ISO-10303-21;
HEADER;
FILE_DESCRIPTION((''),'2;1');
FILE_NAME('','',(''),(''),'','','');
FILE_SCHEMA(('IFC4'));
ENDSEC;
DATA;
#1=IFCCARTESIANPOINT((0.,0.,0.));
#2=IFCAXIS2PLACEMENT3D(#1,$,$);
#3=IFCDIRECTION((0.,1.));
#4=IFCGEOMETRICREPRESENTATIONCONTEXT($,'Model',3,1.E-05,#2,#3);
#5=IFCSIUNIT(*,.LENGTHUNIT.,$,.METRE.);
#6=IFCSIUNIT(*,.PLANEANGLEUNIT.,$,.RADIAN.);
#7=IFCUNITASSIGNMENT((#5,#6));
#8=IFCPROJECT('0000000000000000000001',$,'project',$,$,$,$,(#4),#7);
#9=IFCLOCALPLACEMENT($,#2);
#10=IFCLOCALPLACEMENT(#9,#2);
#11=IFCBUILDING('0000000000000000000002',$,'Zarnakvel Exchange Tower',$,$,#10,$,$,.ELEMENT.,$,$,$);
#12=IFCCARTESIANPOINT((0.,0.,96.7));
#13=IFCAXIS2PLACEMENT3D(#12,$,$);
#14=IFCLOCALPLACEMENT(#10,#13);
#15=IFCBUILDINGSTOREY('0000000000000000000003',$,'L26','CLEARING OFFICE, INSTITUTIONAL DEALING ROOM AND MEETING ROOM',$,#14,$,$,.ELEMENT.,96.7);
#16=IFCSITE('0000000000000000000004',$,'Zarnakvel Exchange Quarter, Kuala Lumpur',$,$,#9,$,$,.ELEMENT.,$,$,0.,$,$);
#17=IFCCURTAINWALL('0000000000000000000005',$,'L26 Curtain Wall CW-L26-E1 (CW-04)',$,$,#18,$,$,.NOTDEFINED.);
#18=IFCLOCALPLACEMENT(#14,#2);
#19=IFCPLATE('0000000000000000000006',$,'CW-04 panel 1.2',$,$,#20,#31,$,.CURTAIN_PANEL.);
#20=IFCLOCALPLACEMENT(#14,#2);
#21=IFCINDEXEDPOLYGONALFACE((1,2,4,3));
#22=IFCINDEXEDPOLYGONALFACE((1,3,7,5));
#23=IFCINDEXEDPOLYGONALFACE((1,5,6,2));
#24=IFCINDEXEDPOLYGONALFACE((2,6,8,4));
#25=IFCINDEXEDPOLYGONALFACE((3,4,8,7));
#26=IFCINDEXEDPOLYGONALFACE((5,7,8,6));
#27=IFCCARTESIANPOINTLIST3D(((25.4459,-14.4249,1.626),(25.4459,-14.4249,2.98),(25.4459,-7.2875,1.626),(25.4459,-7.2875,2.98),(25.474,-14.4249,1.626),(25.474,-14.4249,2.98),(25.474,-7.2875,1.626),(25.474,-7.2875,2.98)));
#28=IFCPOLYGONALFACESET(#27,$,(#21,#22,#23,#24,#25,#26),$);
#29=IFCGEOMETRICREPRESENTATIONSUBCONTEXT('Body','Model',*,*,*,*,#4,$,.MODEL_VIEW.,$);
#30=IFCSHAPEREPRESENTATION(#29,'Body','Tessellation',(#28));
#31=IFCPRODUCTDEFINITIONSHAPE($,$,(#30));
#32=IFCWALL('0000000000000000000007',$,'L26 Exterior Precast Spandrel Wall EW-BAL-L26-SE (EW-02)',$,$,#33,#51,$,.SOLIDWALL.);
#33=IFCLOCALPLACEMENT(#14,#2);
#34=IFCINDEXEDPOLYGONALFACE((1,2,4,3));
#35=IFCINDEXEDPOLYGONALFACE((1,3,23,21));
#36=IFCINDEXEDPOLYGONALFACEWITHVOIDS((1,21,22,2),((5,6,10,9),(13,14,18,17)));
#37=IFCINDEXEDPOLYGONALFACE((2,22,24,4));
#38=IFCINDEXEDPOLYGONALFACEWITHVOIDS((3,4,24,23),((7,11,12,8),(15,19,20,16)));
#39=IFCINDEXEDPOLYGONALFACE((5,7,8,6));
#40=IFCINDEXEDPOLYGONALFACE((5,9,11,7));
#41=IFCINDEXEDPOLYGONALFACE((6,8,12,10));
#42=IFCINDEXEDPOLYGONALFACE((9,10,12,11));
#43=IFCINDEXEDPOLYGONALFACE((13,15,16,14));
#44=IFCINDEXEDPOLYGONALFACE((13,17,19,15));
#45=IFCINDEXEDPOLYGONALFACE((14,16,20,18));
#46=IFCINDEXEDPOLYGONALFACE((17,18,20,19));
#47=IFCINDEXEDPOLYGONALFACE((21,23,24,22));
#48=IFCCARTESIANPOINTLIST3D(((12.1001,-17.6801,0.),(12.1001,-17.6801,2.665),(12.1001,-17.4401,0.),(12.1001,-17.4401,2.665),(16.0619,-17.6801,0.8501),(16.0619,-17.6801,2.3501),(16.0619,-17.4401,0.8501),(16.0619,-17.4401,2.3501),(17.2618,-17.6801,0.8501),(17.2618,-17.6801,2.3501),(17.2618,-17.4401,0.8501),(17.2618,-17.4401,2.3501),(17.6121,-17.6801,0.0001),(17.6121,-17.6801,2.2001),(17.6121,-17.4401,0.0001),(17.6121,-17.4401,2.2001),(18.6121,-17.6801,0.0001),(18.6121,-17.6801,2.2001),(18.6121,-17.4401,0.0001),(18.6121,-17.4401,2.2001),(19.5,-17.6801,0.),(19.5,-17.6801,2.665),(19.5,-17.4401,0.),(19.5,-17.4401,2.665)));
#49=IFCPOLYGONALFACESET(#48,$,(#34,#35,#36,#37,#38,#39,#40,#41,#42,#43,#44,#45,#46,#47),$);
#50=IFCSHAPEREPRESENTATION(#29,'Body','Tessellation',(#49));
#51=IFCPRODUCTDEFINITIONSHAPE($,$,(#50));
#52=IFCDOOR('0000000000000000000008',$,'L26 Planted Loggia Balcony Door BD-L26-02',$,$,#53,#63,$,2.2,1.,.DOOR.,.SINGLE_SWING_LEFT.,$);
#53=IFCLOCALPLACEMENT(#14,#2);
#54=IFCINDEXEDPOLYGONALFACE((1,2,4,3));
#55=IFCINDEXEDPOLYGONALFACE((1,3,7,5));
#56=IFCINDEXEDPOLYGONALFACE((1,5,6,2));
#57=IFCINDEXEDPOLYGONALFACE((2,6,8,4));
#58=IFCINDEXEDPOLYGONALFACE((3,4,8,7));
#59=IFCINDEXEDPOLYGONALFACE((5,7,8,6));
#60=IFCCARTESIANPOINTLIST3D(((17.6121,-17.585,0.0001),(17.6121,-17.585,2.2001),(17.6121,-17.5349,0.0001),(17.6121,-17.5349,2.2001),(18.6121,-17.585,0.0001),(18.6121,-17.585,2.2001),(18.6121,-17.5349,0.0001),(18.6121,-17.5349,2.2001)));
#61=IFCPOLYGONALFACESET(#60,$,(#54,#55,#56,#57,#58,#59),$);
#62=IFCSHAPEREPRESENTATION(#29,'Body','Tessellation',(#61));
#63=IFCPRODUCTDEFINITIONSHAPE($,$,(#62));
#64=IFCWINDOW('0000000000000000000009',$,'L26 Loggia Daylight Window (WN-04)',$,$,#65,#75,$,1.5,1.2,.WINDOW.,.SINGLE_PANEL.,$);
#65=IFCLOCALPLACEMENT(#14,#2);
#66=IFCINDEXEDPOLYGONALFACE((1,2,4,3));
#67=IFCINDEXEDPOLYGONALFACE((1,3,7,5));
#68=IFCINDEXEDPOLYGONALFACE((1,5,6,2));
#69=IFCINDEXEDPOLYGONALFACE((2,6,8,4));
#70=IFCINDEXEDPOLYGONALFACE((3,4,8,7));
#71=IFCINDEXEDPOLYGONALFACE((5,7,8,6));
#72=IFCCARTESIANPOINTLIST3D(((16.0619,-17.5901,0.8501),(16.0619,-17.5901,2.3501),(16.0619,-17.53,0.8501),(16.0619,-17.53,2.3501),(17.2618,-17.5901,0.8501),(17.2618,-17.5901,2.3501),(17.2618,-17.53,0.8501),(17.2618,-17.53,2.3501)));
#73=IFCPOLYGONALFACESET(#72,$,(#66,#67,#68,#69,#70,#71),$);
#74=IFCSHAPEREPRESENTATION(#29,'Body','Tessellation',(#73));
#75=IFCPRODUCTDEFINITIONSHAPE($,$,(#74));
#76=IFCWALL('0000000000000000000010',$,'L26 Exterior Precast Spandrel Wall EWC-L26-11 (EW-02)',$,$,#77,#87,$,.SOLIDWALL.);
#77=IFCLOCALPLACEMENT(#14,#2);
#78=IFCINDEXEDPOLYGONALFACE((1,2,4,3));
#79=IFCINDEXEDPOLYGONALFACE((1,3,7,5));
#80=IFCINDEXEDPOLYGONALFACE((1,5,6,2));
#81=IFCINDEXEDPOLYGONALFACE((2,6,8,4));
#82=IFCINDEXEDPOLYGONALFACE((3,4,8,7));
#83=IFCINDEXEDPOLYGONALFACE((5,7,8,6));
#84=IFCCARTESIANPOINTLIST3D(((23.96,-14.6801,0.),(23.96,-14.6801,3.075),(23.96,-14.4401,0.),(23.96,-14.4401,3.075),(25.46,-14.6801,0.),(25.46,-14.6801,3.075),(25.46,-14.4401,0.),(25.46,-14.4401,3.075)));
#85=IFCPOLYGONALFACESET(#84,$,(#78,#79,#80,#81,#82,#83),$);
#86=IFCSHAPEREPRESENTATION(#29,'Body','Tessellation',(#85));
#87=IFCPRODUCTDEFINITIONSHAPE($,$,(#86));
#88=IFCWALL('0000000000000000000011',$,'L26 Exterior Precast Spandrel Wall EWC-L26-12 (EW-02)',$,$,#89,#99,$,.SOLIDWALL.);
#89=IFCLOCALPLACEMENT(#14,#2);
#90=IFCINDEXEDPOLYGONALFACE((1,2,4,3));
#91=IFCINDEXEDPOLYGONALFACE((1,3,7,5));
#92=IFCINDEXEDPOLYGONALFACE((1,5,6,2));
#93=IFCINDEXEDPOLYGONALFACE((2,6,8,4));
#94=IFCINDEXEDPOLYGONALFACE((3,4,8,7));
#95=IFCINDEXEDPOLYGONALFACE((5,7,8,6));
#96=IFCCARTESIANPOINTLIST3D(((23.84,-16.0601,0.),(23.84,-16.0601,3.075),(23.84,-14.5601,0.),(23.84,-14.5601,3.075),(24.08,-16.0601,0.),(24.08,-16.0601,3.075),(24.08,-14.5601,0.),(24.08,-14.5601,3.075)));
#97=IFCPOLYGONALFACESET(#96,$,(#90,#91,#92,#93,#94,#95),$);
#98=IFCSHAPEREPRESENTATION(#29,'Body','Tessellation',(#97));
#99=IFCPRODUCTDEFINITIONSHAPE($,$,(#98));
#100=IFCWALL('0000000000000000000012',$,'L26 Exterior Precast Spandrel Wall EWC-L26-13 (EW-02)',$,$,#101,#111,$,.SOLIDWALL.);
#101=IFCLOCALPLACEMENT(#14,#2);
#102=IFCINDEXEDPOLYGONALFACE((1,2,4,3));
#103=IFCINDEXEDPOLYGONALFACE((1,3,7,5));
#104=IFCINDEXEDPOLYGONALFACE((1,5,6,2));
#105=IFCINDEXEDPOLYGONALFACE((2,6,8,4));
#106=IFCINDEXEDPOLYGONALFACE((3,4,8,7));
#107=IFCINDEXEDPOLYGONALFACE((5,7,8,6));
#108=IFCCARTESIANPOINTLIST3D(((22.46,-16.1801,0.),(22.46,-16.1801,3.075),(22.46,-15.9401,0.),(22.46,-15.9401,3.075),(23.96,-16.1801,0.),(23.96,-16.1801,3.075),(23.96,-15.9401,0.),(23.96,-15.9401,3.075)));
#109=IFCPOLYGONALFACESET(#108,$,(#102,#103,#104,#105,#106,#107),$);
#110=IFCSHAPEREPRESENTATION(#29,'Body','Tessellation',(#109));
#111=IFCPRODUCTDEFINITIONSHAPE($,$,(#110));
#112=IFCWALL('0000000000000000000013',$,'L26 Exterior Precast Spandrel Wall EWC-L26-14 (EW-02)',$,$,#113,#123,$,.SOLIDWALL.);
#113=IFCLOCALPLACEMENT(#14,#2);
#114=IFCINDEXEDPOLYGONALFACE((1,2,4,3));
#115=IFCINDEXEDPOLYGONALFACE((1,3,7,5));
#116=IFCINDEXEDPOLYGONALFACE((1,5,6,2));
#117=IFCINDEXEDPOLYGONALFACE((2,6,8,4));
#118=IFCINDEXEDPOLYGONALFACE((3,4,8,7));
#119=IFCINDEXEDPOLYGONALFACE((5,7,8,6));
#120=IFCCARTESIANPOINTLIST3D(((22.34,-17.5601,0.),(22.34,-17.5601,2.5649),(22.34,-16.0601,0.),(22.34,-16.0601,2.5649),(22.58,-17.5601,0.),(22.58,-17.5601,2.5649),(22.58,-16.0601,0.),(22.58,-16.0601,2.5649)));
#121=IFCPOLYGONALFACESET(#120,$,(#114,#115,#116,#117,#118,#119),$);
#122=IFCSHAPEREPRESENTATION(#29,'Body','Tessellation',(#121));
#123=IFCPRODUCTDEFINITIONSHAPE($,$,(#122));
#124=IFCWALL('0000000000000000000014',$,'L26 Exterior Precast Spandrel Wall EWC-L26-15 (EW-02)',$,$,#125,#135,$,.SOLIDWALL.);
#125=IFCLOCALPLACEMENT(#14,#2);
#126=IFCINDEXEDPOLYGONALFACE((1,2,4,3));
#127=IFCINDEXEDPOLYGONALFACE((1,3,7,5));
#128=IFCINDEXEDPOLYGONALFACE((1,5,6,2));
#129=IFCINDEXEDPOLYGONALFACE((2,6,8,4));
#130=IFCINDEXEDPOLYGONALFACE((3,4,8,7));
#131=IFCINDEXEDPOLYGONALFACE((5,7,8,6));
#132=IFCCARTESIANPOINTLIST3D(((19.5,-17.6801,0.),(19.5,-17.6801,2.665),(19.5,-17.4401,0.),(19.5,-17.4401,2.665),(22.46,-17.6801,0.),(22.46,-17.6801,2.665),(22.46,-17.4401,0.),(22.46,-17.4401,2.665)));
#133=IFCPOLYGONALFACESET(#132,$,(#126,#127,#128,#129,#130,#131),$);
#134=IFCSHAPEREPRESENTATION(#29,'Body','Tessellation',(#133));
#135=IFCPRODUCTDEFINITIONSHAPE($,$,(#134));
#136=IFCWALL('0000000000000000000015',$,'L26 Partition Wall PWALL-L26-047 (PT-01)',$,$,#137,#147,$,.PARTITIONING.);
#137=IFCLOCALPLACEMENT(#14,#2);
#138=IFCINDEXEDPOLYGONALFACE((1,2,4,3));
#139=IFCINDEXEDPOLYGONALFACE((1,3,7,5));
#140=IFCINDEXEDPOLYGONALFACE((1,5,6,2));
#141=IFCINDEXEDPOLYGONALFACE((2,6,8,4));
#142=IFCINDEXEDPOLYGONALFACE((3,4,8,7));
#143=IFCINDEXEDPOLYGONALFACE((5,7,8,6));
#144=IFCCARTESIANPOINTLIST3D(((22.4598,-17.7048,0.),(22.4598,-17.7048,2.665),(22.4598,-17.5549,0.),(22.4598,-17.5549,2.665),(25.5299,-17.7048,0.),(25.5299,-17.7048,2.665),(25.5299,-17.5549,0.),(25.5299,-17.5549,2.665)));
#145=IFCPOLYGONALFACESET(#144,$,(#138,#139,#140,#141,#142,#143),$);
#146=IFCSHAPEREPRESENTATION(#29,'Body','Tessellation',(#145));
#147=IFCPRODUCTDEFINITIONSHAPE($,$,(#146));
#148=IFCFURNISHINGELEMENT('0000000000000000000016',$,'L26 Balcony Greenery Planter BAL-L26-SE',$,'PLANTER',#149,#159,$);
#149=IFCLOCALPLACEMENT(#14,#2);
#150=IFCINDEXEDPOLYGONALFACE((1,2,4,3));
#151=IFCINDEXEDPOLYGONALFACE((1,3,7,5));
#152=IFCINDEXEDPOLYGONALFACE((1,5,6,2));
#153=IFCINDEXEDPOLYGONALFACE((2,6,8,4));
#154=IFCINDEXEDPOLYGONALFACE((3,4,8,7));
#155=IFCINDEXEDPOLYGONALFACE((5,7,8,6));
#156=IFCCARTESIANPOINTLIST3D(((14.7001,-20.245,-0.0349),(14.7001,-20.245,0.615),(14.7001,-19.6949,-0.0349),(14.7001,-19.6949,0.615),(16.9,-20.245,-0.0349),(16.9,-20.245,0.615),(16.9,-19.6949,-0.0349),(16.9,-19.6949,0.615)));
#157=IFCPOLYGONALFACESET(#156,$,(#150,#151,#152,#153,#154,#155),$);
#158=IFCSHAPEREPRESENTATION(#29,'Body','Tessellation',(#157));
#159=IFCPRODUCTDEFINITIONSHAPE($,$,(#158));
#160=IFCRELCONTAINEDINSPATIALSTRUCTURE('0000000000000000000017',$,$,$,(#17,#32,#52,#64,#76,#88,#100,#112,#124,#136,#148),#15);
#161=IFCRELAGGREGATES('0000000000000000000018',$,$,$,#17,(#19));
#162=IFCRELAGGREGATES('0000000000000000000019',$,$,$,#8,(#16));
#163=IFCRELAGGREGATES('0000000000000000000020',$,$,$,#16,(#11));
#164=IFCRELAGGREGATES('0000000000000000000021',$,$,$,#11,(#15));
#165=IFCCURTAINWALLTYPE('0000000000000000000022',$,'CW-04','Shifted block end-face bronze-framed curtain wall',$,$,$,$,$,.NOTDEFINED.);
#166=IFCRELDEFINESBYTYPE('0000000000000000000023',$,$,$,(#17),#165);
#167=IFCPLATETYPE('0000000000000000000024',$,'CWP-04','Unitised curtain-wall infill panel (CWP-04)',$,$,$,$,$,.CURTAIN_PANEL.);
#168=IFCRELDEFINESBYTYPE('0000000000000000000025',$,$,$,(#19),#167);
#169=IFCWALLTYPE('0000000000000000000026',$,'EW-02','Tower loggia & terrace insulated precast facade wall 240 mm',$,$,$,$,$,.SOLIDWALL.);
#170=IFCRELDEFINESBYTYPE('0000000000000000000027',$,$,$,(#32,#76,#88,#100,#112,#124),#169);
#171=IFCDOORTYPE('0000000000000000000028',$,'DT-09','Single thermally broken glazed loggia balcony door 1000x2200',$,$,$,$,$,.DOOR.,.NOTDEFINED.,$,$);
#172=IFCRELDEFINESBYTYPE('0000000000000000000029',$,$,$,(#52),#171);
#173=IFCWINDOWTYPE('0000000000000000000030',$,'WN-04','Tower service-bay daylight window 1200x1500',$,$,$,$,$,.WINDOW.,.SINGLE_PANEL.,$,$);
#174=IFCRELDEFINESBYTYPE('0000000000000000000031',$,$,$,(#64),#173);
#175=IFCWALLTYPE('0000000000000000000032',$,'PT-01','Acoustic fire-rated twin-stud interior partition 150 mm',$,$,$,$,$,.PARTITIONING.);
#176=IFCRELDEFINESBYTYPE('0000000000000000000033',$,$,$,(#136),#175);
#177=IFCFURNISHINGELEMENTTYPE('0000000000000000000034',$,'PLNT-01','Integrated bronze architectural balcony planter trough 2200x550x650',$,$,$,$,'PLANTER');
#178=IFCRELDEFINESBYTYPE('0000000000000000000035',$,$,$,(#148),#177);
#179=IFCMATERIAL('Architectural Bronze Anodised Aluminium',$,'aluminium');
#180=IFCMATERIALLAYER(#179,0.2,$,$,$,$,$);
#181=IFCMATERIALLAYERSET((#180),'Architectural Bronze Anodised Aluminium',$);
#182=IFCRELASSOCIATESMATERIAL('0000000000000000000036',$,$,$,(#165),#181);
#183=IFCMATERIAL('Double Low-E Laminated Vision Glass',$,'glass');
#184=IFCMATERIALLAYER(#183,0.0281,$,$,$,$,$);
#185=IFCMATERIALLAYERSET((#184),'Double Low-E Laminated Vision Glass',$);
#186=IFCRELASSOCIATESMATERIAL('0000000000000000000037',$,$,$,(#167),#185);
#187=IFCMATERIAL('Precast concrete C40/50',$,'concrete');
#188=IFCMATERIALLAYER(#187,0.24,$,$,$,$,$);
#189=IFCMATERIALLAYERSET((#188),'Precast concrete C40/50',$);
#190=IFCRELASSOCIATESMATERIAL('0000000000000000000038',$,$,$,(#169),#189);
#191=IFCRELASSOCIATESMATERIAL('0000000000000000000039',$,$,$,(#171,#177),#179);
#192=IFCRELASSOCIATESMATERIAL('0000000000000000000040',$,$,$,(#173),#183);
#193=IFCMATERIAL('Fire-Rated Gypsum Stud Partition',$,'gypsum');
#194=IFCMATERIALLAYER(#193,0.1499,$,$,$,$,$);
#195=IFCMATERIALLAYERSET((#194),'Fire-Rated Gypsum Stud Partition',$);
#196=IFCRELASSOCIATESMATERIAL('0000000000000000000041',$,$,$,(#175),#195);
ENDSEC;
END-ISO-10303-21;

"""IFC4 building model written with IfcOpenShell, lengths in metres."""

from ifc_helpers import new_model, si_unit, direction, frame, frame_2d, origin, origin_2d, place, context, subcontext, project, spatial, rectangle, extrude, source, transform, mapped, material, layer, layer_set, type_object, element, fill, aggregate, save


model = new_model("IFC4")

# Units and contexts
model_context = context("Model", 3, precision=1e-05, world=origin(), true_north=direction((0.0, 1.0)))
body_context = subcontext(model_context, "Body", "Model", "MODEL_VIEW")
ifc_project = project(units=[si_unit("LENGTHUNIT", "METRE"), si_unit("PLANEANGLEUNIT", "RADIAN")], contexts=[model_context])

# Site, building, storey
site_placement = place(None, origin())
site = spatial("IfcSite", under=ifc_project, at=site_placement, Name="Zarnakvel Exchange Quarter, Kuala Lumpur", CompositionType="ELEMENT", RefElevation=0.0)
building_placement = place(site_placement, origin())
building = spatial("IfcBuilding", under=site, at=building_placement, Name="Zarnakvel Exchange Tower", CompositionType="ELEMENT")
storey_placement = place(building_placement, frame((0.0, 0.0, 96.7)))
storey = spatial("IfcBuildingStorey", under=building, at=storey_placement, Name="L26", Description="CLEARING OFFICE, INSTITUTIONAL DEALING ROOM AND MEETING ROOM", CompositionType="ELEMENT", Elevation=96.7)

# Curtain wall, plate
ifc_material_1 = material(Name="Architectural Bronze Anodised Aluminium", Category="aluminium")
ifc_layer_1 = layer(ifc_material_1, 0.2)
ifc_layer_set_1 = layer_set([ifc_layer_1], Name="Architectural Bronze Anodised Aluminium")
curtain_wall_type = type_object("IfcCurtainWallType", Name="CW-04", Description="Shifted block end-face bronze-framed curtain wall", PredefinedType="NOTDEFINED", material=ifc_layer_set_1)
curtain_wall_placement = place(storey_placement, origin())
curtain_wall = element("IfcCurtainWall", 1, at=curtain_wall_placement, inside=storey, type_object=curtain_wall_type, Name="L26 Curtain Wall CW-L26-E1 (CW-04)", PredefinedType="NOTDEFINED")
ifc_material_2 = material(Name="Double Low-E Laminated Vision Glass", Category="glass")
ifc_layer_2 = layer(ifc_material_2, 0.0281)
ifc_layer_set_2 = layer_set([ifc_layer_2], Name="Double Low-E Laminated Vision Glass")
plate_type = type_object("IfcPlateType", Name="CWP-04", Description="Unitised curtain-wall infill panel (CWP-04)", PredefinedType="CURTAIN_PANEL", material=ifc_layer_set_2)
shared_shape_1 = source(origin(), body_context, "Body", "SweptSolid", [
    extrude(rectangle(XDim=7.1375, YDim=0.0281, at=origin_2d()), origin(), (0.0, 0.0, 1.0), 1.354),
])
plate_1_placement = place(storey_placement, frame((25.46, -10.8562, 1.626), z_axis=(0.0, 0.0, 1.0), x_axis=(0.0, 1.0, 0.0)))
plate_1 = element("IfcPlate", 2, at=plate_1_placement, type_object=plate_type, Name="CW-04 panel 1.2", PredefinedType="CURTAIN_PANEL", context=body_context, shape_type="MappedRepresentation", body=[
    mapped(shared_shape_1, transform((0.0, 0.0, 0.0), x_axis=(1.0, 0.0, 0.0), y_axis=(0.0, 1.0, 0.0), z_axis=(0.0, 0.0, 1.0), scale=1.0)),
])
aggregate(curtain_wall, [plate_1])

# Wall, openings, door, window
ifc_material_3 = material(Name="Precast concrete C40/50", Category="concrete")
ifc_layer_3 = layer(ifc_material_3, 0.24)
ifc_layer_set_3 = layer_set([ifc_layer_3], Name="Precast concrete C40/50")
wall_type_1 = type_object("IfcWallType", Name="EW-02", Description="Tower loggia & terrace insulated precast facade wall 240 mm", PredefinedType="SOLIDWALL", material=ifc_layer_set_3)
wall_1_placement = place(storey_placement, frame((19.5, -17.5601, 0.0), z_axis=(0.0, 0.0, 1.0), x_axis=(-1.0, 0.0, 0.0)))
wall_1 = element("IfcWall", 3, at=wall_1_placement, inside=storey, type_object=wall_type_1, Name="L26 Exterior Precast Spandrel Wall EW-BAL-L26-SE (EW-02)", PredefinedType="SOLIDWALL", context=body_context, shape_type="SweptSolid", body=[
    extrude(rectangle(XDim=7.3999, YDim=0.24, at=frame_2d((3.7, 0.0))), origin(), (0.0, 0.0, 1.0), 2.665),
])
opening_1_placement = place(wall_1_placement, frame((0.8879, 0.0, 0.0)))
opening_1 = element("IfcOpeningElement", 4, at=opening_1_placement, cuts=wall_1, PredefinedType="OPENING", context=body_context, shape_type="SweptSolid", body=[
    extrude(rectangle(XDim=1.0, YDim=2.2, at=frame_2d((0.5, 1.1001))), frame((0.0, 0.1299, 0.0), z_axis=(0.0, -1.0, 0.0), x_axis=(1.0, 0.0, 0.0)), (0.0, 0.0, 1.0), 0.26),
])
opening_2_placement = place(wall_1_placement, frame((2.238, 0.0, 0.8501)))
opening_2 = element("IfcOpeningElement", 5, at=opening_2_placement, cuts=wall_1, PredefinedType="OPENING", context=body_context, shape_type="SweptSolid", body=[
    extrude(rectangle(XDim=1.2, YDim=1.5, at=frame_2d((0.6001, 0.75))), frame((0.0, 0.1299, 0.0), z_axis=(0.0, -1.0, 0.0), x_axis=(1.0, 0.0, 0.0)), (0.0, 0.0, 1.0), 0.26),
])
door_type = type_object("IfcDoorType", Name="DT-09", Description="Single thermally broken glazed loggia balcony door 1000x2200", OperationType="NOTDEFINED", PredefinedType="DOOR", material=ifc_material_1)
shared_shape_2 = source(origin(), body_context, "Body", "SweptSolid", [
    extrude(rectangle(XDim=1.0, YDim=2.2, at=frame_2d((0.5, 1.1001))), frame((0.0, 0.0249, 0.0), z_axis=(0.0, -1.0, 0.0), x_axis=(1.0, 0.0, 0.0)), (0.0, 0.0, 1.0), 0.05),
])
door_placement = place(opening_1_placement, origin())
door = element("IfcDoor", 6, at=door_placement, inside=storey, type_object=door_type, Name="L26 Planted Loggia Balcony Door BD-L26-02", OperationType="SINGLE_SWING_LEFT", OverallHeight=2.2, OverallWidth=1.0, PredefinedType="DOOR", context=body_context, shape_type="MappedRepresentation", body=[
    mapped(shared_shape_2, transform((0.0, 0.0, 0.0), x_axis=(1.0, 0.0, 0.0), y_axis=(0.0, 1.0, 0.0), z_axis=(0.0, 0.0, 1.0), scale=1.0)),
])
fill(opening_1, door)
window_type = type_object("IfcWindowType", Name="WN-04", Description="Tower service-bay daylight window 1200x1500", PartitioningType="SINGLE_PANEL", PredefinedType="WINDOW", material=ifc_material_2)
shared_shape_3 = source(origin(), body_context, "Body", "SweptSolid", [
    extrude(rectangle(XDim=1.2, YDim=1.5, at=frame_2d((0.6001, 0.75))), frame((0.0, 0.03, 0.0), z_axis=(0.0, -1.0, 0.0), x_axis=(1.0, 0.0, 0.0)), (0.0, 0.0, 1.0), 0.0601),
])
window_placement = place(opening_2_placement, origin())
window = element("IfcWindow", 7, at=window_placement, inside=storey, type_object=window_type, Name="L26 Loggia Daylight Window (WN-04)", OverallHeight=1.5, OverallWidth=1.2, PartitioningType="SINGLE_PANEL", PredefinedType="WINDOW", context=body_context, shape_type="MappedRepresentation", body=[
    mapped(shared_shape_3, transform((0.0, 0.0, 0.0), x_axis=(1.0, 0.0, 0.0), y_axis=(0.0, 1.0, 0.0), z_axis=(0.0, 0.0, 1.0), scale=1.0)),
])
fill(opening_2, window)

# Walls
for number, where, z_axis, x_axis, name in (
    (8, (23.96, -14.5601, 0.0), (0.0, 0.0, 1.0), (1.0, 0.0, 0.0), "L26 Exterior Precast Spandrel Wall EWC-L26-11 (EW-02)"),
    (9, (23.96, -16.0601, 0.0), (0.0, 0.0, 1.0), (0.0, 1.0, 0.0), "L26 Exterior Precast Spandrel Wall EWC-L26-12 (EW-02)"),
    (10, (22.46, -16.0601, 0.0), (0.0, 0.0, 1.0), (1.0, 0.0, 0.0), "L26 Exterior Precast Spandrel Wall EWC-L26-13 (EW-02)"),
):
    element("IfcWall", number, at=place(storey_placement, frame(where, z_axis=z_axis, x_axis=x_axis)), inside=storey, type_object=wall_type_1, Name=name, PredefinedType="SOLIDWALL", context=body_context, shape_type="SweptSolid", body=[
        extrude(rectangle(XDim=1.5, YDim=0.24, at=frame_2d((0.75, 0.0))), origin(), (0.0, 0.0, 1.0), 3.075),
    ])
wall_2_placement = place(storey_placement, frame((22.46, -17.5601, 0.0), z_axis=(0.0, 0.0, 1.0), x_axis=(0.0, 1.0, 0.0)))
element("IfcWall", 11, at=wall_2_placement, inside=storey, type_object=wall_type_1, Name="L26 Exterior Precast Spandrel Wall EWC-L26-14 (EW-02)", PredefinedType="SOLIDWALL", context=body_context, shape_type="SweptSolid", body=[
    extrude(rectangle(XDim=1.5, YDim=0.24, at=frame_2d((0.75, 0.0))), origin(), (0.0, 0.0, 1.0), 2.5649),
])
wall_3_placement = place(storey_placement, frame((19.5, -17.5601, 0.0), z_axis=(0.0, 0.0, 1.0), x_axis=(1.0, 0.0, 0.0)))
element("IfcWall", 12, at=wall_3_placement, inside=storey, type_object=wall_type_1, Name="L26 Exterior Precast Spandrel Wall EWC-L26-15 (EW-02)", PredefinedType="SOLIDWALL", context=body_context, shape_type="SweptSolid", body=[
    extrude(rectangle(XDim=2.96, YDim=0.24, at=frame_2d((1.48, 0.0))), origin(), (0.0, 0.0, 1.0), 2.665),
])
ifc_material_4 = material(Name="Fire-Rated Gypsum Stud Partition", Category="gypsum")
ifc_layer_4 = layer(ifc_material_4, 0.1499)
ifc_layer_set_4 = layer_set([ifc_layer_4], Name="Fire-Rated Gypsum Stud Partition")
wall_type_2 = type_object("IfcWallType", Name="PT-01", Description="Acoustic fire-rated twin-stud interior partition 150 mm", PredefinedType="PARTITIONING", material=ifc_layer_set_4)
wall_4_placement = place(storey_placement, frame((25.53, -17.6299, 0.0), z_axis=(0.0, 0.0, 1.0), x_axis=(-1.0, 0.0, 0.0)))
element("IfcWall", 13, at=wall_4_placement, inside=storey, type_object=wall_type_2, Name="L26 Partition Wall PWALL-L26-047 (PT-01)", PredefinedType="PARTITIONING", context=body_context, shape_type="SweptSolid", body=[
    extrude(rectangle(XDim=3.0701, YDim=0.1499, at=frame_2d((1.5352, 0.0))), origin(), (0.0, 0.0, 1.0), 2.665),
])

# Furnishing element
furnishing_element_type = type_object("IfcFurnishingElementType", Name="PLNT-01", Description="Integrated bronze architectural balcony planter trough 2200x550x650", ElementType="PLANTER", material=ifc_material_1)
shared_shape_4 = source(origin(), body_context, "Body", "SweptSolid", [
    extrude(rectangle(XDim=2.2, YDim=0.55, at=origin_2d()), origin(), (0.0, 0.0, 1.0), 0.6499),
])
furnishing_placement = place(storey_placement, frame((15.8, -19.97, -0.0349), z_axis=(0.0, 0.0, 1.0), x_axis=(1.0, 0.0, 0.0)))
element("IfcFurnishingElement", 14, at=furnishing_placement, inside=storey, type_object=furnishing_element_type, Name="L26 Balcony Greenery Planter BAL-L26-SE", ObjectType="PLANTER", context=body_context, shape_type="MappedRepresentation", body=[
    mapped(shared_shape_4, transform((0.0, 0.0, 0.0), x_axis=(1.0, 0.0, 0.0), y_axis=(0.0, 1.0, 0.0), z_axis=(0.0, 0.0, 1.0), scale=1.0)),
])

save(model, "model.ifc")
